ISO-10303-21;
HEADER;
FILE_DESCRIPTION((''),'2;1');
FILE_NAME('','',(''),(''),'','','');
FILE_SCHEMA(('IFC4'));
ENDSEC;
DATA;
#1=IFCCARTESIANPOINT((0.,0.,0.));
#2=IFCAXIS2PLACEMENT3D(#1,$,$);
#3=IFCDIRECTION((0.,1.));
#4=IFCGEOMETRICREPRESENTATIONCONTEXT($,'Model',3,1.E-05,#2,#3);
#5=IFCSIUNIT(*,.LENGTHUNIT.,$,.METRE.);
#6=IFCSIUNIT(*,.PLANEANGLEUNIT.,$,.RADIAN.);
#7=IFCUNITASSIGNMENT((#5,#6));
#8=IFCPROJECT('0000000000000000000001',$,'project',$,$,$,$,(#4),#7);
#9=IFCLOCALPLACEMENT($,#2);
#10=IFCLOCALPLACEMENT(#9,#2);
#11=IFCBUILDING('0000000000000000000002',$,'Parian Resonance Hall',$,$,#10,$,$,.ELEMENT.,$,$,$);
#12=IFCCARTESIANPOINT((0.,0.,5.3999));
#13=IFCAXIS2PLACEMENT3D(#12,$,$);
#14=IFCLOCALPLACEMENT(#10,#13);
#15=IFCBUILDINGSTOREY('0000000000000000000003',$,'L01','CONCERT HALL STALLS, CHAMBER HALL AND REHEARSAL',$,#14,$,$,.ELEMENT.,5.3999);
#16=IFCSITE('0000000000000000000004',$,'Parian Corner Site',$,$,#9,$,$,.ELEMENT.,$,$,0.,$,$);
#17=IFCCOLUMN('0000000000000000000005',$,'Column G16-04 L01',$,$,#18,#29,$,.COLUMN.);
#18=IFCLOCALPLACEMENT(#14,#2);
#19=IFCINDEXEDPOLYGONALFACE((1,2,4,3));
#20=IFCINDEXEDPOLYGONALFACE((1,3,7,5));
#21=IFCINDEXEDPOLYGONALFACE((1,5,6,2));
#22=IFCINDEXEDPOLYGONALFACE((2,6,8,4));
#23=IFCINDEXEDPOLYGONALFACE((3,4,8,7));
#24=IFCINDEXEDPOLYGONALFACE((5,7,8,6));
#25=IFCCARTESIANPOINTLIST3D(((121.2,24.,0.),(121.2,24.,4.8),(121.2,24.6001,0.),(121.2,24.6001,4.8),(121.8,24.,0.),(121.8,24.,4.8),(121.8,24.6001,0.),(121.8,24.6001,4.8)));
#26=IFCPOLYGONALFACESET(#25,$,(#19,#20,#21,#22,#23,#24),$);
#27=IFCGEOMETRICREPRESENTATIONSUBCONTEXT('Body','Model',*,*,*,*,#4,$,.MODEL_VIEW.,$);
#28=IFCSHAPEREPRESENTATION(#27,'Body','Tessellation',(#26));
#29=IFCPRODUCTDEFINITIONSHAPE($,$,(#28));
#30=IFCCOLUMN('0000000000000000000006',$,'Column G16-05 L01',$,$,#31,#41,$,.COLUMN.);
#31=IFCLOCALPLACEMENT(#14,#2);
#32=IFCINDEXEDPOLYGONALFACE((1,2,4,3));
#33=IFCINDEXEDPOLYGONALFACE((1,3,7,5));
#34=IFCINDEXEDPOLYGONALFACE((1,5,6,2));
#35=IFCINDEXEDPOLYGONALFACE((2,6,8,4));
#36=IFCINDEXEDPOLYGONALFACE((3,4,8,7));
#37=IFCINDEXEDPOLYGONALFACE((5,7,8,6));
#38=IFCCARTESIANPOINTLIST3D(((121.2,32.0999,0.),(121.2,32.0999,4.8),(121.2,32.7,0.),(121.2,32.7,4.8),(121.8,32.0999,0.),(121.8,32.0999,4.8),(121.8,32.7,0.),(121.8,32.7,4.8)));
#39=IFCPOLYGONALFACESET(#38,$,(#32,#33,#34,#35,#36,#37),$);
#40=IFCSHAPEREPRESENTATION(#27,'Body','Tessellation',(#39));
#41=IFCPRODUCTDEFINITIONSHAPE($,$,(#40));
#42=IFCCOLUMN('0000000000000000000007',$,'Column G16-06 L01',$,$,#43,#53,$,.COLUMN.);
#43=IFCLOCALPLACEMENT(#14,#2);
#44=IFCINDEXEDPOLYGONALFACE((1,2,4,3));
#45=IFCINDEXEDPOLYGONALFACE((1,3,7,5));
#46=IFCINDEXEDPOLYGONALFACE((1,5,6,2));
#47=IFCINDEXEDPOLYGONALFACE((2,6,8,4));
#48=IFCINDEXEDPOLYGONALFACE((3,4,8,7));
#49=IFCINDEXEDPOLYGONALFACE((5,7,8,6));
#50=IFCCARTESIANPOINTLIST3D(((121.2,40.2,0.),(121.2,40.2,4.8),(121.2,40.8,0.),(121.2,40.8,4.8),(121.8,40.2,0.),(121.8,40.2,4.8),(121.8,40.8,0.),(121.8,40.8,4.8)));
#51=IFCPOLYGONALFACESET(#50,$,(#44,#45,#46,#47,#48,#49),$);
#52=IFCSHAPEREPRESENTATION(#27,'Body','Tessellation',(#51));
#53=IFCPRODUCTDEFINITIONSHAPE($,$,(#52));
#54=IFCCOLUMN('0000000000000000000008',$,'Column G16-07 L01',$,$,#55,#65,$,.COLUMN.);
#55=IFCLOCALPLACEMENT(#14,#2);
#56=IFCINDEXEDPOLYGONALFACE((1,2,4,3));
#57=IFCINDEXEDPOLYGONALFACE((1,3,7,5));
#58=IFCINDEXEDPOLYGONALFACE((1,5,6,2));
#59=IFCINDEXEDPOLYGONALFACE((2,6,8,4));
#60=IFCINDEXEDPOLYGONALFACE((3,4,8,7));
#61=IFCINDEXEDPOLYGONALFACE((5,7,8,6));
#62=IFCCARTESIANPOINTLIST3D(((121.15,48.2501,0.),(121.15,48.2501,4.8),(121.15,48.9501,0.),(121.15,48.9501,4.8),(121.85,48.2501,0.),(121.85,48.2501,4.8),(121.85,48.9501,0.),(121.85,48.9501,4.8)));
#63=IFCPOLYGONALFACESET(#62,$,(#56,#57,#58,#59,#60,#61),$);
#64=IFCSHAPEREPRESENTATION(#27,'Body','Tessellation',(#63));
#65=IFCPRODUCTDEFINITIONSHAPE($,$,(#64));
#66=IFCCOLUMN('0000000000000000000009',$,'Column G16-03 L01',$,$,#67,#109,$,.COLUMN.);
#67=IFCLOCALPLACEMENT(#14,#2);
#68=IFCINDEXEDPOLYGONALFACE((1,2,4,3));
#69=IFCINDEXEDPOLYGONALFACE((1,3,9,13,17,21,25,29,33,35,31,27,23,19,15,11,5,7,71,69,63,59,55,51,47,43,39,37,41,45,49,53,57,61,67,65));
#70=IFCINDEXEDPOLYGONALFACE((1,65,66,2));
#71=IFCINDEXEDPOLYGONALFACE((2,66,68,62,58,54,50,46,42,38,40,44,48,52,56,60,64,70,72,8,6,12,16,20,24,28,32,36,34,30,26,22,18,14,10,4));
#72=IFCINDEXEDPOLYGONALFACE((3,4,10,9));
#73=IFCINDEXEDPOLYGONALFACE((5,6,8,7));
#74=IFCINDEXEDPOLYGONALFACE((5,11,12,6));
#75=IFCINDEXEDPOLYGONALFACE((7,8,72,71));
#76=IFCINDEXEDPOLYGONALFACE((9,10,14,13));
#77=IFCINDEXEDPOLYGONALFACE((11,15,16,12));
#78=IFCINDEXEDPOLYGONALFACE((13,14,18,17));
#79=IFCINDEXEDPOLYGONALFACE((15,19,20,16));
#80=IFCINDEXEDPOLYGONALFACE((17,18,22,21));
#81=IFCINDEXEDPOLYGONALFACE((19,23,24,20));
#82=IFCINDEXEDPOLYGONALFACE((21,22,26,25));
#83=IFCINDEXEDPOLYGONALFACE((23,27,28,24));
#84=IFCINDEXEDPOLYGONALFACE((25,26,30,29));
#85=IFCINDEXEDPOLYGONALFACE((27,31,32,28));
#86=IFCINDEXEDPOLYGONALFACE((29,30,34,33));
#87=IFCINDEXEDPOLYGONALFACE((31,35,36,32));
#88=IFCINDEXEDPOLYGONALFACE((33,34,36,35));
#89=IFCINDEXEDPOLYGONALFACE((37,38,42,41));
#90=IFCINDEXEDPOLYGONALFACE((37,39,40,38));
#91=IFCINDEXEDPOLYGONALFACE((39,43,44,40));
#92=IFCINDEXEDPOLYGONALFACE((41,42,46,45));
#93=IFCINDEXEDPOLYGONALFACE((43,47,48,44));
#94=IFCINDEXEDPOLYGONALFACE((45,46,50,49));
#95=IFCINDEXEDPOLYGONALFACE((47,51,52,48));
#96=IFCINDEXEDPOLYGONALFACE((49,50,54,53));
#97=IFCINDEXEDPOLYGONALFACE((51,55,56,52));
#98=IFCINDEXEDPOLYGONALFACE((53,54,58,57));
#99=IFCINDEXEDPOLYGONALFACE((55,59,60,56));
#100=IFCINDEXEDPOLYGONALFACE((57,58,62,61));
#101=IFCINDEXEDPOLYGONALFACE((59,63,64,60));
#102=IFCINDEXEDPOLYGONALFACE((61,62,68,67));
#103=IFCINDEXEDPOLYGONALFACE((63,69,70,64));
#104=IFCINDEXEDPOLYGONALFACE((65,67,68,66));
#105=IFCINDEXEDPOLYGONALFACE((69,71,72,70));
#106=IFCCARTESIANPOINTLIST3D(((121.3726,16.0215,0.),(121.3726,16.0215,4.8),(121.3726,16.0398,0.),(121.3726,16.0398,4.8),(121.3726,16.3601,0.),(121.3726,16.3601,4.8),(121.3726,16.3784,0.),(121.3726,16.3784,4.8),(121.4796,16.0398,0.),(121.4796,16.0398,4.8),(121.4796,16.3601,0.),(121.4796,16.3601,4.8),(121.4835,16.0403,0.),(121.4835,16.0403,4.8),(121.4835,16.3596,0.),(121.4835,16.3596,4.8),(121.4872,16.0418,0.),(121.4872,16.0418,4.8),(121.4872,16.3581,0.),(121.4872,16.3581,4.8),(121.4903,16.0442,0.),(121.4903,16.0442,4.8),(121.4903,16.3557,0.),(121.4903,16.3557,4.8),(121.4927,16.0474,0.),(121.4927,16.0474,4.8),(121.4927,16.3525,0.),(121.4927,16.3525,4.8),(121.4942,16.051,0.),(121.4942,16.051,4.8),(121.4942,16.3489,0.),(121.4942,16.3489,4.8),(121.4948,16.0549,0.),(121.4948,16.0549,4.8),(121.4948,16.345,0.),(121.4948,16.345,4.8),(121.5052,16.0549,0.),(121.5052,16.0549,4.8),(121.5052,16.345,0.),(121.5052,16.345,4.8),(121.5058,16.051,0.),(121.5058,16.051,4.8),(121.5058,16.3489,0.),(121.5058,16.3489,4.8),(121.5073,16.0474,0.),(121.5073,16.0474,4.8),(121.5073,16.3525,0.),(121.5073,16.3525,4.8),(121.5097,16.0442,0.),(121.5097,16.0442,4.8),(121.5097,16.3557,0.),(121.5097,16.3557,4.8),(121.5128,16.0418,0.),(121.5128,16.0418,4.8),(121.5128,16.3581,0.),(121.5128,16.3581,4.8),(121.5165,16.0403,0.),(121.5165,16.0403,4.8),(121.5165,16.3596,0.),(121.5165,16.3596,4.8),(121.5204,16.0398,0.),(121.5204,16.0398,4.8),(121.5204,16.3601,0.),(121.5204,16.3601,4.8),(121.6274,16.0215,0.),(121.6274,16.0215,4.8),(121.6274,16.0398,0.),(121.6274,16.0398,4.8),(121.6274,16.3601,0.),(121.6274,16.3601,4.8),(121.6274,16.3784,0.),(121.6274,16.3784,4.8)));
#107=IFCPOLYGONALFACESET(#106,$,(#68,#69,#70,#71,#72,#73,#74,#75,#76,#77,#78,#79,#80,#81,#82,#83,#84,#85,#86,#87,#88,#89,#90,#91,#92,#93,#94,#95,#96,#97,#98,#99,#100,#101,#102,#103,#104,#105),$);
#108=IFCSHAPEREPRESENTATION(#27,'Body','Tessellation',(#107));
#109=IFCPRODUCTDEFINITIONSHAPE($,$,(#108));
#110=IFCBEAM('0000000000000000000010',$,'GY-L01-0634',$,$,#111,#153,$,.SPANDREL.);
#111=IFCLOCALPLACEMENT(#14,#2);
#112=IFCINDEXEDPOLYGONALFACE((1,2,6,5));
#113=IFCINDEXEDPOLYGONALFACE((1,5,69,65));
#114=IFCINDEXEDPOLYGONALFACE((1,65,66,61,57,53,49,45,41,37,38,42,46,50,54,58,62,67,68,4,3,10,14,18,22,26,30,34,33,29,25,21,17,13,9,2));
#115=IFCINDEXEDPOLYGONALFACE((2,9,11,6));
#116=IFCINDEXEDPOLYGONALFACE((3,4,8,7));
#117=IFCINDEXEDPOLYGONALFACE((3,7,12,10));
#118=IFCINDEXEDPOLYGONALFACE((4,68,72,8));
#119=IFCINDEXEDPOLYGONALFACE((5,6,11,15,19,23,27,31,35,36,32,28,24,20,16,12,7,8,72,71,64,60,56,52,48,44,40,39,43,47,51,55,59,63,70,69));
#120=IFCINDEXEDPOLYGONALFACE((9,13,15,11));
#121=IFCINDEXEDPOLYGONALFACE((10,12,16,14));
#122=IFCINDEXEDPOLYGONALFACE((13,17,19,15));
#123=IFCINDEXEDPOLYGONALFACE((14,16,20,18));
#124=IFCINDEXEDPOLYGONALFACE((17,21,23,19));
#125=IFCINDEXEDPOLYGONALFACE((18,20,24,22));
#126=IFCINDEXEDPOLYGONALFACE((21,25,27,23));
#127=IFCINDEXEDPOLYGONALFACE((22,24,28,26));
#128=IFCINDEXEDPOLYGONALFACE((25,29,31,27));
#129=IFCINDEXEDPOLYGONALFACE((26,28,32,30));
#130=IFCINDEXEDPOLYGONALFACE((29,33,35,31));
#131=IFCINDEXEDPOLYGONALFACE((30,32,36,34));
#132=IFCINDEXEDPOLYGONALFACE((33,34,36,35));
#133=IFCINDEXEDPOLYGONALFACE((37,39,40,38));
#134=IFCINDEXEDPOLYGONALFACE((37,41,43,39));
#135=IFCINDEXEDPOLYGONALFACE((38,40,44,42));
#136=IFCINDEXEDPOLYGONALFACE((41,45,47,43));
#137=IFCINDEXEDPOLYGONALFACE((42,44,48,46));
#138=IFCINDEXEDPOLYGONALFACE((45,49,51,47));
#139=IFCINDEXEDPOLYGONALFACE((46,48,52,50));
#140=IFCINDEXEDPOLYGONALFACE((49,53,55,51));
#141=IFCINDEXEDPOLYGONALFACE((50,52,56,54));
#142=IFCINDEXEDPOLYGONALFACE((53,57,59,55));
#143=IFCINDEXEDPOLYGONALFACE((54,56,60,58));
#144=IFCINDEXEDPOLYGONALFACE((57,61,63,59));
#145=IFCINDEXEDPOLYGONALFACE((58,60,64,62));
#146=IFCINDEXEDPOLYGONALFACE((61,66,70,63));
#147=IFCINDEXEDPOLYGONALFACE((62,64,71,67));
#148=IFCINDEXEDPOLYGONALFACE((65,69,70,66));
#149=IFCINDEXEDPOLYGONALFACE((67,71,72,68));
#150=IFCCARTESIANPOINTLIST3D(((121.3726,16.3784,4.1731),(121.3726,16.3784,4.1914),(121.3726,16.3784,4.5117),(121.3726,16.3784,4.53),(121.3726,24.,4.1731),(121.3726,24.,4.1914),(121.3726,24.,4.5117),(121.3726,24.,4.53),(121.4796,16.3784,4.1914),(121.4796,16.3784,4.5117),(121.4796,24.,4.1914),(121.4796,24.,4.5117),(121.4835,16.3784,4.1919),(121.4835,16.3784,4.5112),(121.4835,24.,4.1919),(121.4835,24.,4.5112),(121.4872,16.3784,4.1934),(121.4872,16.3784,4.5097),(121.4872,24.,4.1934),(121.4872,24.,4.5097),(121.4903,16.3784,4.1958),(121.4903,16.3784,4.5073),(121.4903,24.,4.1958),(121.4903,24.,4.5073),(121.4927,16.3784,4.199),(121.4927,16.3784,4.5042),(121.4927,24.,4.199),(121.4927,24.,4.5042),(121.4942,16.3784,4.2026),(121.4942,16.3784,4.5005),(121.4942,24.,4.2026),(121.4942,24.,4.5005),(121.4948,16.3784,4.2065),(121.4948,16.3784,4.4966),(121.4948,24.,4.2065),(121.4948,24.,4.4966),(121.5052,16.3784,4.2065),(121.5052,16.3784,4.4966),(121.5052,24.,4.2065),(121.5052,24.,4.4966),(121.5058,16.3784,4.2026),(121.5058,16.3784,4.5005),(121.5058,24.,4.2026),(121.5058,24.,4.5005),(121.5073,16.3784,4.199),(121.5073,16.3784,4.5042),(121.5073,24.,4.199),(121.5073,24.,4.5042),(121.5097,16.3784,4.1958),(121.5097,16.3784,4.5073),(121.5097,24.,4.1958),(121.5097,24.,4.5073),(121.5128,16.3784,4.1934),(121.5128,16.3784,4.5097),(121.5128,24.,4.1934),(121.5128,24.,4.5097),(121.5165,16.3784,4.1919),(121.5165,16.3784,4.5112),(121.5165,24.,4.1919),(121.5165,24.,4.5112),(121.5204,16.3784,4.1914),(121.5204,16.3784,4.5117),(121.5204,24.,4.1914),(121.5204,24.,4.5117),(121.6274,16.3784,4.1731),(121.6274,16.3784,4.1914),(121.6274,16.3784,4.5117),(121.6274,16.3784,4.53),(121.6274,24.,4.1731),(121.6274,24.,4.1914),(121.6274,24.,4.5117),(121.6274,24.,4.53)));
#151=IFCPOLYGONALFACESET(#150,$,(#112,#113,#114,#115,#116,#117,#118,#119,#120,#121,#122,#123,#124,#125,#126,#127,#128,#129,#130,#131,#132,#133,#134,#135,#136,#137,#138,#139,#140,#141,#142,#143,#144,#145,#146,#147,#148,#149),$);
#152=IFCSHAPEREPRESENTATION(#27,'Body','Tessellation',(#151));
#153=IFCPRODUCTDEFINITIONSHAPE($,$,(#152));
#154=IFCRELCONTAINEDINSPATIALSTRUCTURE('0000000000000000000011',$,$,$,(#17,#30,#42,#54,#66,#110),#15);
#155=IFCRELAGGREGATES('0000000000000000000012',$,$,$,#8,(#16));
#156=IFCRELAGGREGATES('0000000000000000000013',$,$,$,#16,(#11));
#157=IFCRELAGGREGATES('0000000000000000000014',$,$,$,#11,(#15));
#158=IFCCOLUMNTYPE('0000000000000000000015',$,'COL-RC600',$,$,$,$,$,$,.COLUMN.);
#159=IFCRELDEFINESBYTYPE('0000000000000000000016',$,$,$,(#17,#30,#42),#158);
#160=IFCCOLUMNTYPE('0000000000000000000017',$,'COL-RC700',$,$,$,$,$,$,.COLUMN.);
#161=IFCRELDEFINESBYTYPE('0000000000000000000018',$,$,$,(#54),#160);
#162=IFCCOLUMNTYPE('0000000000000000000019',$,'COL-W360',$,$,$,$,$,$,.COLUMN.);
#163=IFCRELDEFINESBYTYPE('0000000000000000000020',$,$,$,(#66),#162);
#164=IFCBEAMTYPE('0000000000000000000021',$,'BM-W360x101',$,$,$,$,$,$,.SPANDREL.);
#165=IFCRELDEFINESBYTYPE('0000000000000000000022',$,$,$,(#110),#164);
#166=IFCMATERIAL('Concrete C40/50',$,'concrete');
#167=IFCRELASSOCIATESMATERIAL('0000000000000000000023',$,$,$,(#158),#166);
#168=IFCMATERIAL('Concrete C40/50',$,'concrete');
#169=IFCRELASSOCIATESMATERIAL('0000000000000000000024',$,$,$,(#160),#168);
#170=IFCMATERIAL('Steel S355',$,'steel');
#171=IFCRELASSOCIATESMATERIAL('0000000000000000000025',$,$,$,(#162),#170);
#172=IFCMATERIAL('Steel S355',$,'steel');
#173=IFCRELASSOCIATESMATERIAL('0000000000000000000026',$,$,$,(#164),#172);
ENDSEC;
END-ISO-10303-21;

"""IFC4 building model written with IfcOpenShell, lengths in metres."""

from ifc_helpers import new_model, si_unit, direction, frame, origin, origin_2d, place, context, subcontext, project, spatial, rectangle, i_section, extrude, material, material_profile, profile_set, type_object, element, save


model = new_model("IFC4")

# Units and contexts
model_context = context("Model", 3, precision=1e-05, world=origin(), true_north=direction((0.0, 1.0)))
body_context = subcontext(model_context, "Body", "Model", "MODEL_VIEW")
ifc_project = project(units=[si_unit("LENGTHUNIT", "METRE"), si_unit("PLANEANGLEUNIT", "RADIAN")], contexts=[model_context])

# Site, building, storey
site_placement = place(None, origin())
site = spatial("IfcSite", under=ifc_project, at=site_placement, Name="Parian Corner Site", CompositionType="ELEMENT", RefElevation=0.0)
building_placement = place(site_placement, origin())
building = spatial("IfcBuilding", under=site, at=building_placement, Name="Parian Resonance Hall", CompositionType="ELEMENT")
storey_placement = place(building_placement, frame((0.0, 0.0, 5.3999)))
storey = spatial("IfcBuildingStorey", under=building, at=storey_placement, Name="L01", Description="CONCERT HALL STALLS, CHAMBER HALL AND REHEARSAL", CompositionType="ELEMENT", Elevation=5.3999)

# Columns
ifc_material_1 = material(Name="Concrete C40/50", Category="concrete")
ifc_material_profile_1 = material_profile(ifc_material_1, rectangle(XDim=0.6001, YDim=0.6001, at=origin_2d()), Name="RC-COL-600x600")
ifc_profile_set_1 = profile_set([ifc_material_profile_1], Name="Concrete C40/50")
column_type_1 = type_object("IfcColumnType", Name="COL-RC600", PredefinedType="COLUMN", material=ifc_profile_set_1)
for number, where, z_axis, x_axis, name in (
    (1, (121.5, 24.3, 0.0), (0.0, 0.0, 1.0), (1.0, 0.0, 0.0), "Column G16-04 L01"),
    (2, (121.5, 32.3999, 0.0), (0.0, 0.0, 1.0), (1.0, 0.0, 0.0), "Column G16-05 L01"),
    (3, (121.5, 40.5, 0.0), (0.0, 0.0, 1.0), (1.0, 0.0, 0.0), "Column G16-06 L01"),
):
    element("IfcColumn", number, at=place(storey_placement, frame(where, z_axis=z_axis, x_axis=x_axis)), inside=storey, type_object=column_type_1, Name=name, PredefinedType="COLUMN", context=body_context, shape_type="SweptSolid", body=[
        extrude(rectangle(XDim=0.6001, YDim=0.6001, at=origin_2d()), origin(), (0.0, 0.0, 1.0), 4.8),
    ])
ifc_material_2 = material(Name="Concrete C40/50", Category="concrete")
ifc_material_profile_2 = material_profile(ifc_material_2, rectangle(XDim=0.7, YDim=0.7, at=origin_2d()), Name="RC-COL-700x700")
ifc_profile_set_2 = profile_set([ifc_material_profile_2], Name="Concrete C40/50")
column_type_2 = type_object("IfcColumnType", Name="COL-RC700", PredefinedType="COLUMN", material=ifc_profile_set_2)
column_1_placement = place(storey_placement, frame((121.5, 48.6001, 0.0), z_axis=(0.0, 0.0, 1.0), x_axis=(1.0, 0.0, 0.0)))
element("IfcColumn", 4, at=column_1_placement, inside=storey, type_object=column_type_2, Name="Column G16-07 L01", PredefinedType="COLUMN", context=body_context, shape_type="SweptSolid", body=[
    extrude(rectangle(XDim=0.7, YDim=0.7, at=origin_2d()), origin(), (0.0, 0.0, 1.0), 4.8),
])
ifc_material_3 = material(Name="Steel S355", Category="steel")
ifc_material_profile_3 = material_profile(ifc_material_3, i_section(OverallWidth=0.2549, OverallDepth=0.3569, WebThickness=0.0105, FlangeThickness=0.0183, FilletRadius=0.0151, at=origin_2d()), Name="W360x101")
ifc_profile_set_3 = profile_set([ifc_material_profile_3], Name="Steel S355")
column_type_3 = type_object("IfcColumnType", Name="COL-W360", PredefinedType="COLUMN", material=ifc_profile_set_3)
column_2_placement = place(storey_placement, frame((121.5, 16.2, 0.0), z_axis=(0.0, 0.0, 1.0), x_axis=(1.0, 0.0, 0.0)))
element("IfcColumn", 5, at=column_2_placement, inside=storey, type_object=column_type_3, Name="Column G16-03 L01", PredefinedType="COLUMN", context=body_context, shape_type="SweptSolid", body=[
    extrude(i_section(OverallWidth=0.2549, OverallDepth=0.3569, WebThickness=0.0105, FlangeThickness=0.0183, FilletRadius=0.0151, at=origin_2d()), origin(), (0.0, 0.0, 1.0), 4.8),
])

# Beam
ifc_material_4 = material(Name="Steel S355", Category="steel")
ifc_material_profile_4 = material_profile(ifc_material_4, i_section(OverallWidth=0.2549, OverallDepth=0.3569, WebThickness=0.0105, FlangeThickness=0.0183, FilletRadius=0.0151, at=origin_2d()), Name="W360x101")
ifc_profile_set_4 = profile_set([ifc_material_profile_4], Name="Steel S355")
beam_type_1 = type_object("IfcBeamType", Name="BM-W360x101", PredefinedType="SPANDREL", material=ifc_profile_set_4)
beam_1_placement = place(storey_placement, frame((121.5, 16.3784, 4.3516), z_axis=(0.0, 1.0, 0.0), x_axis=(-1.0, 0.0, 0.0)))
element("IfcBeam", 6, at=beam_1_placement, inside=storey, type_object=beam_type_1, Name="GY-L01-0634", PredefinedType="SPANDREL", context=body_context, shape_type="SweptSolid", body=[
    extrude(i_section(OverallWidth=0.2549, OverallDepth=0.3569, WebThickness=0.0105, FlangeThickness=0.0183, FilletRadius=0.0151, at=origin_2d()), origin(), (0.0, 0.0, 1.0), 7.6216),
])

save(model, "model.ifc")
